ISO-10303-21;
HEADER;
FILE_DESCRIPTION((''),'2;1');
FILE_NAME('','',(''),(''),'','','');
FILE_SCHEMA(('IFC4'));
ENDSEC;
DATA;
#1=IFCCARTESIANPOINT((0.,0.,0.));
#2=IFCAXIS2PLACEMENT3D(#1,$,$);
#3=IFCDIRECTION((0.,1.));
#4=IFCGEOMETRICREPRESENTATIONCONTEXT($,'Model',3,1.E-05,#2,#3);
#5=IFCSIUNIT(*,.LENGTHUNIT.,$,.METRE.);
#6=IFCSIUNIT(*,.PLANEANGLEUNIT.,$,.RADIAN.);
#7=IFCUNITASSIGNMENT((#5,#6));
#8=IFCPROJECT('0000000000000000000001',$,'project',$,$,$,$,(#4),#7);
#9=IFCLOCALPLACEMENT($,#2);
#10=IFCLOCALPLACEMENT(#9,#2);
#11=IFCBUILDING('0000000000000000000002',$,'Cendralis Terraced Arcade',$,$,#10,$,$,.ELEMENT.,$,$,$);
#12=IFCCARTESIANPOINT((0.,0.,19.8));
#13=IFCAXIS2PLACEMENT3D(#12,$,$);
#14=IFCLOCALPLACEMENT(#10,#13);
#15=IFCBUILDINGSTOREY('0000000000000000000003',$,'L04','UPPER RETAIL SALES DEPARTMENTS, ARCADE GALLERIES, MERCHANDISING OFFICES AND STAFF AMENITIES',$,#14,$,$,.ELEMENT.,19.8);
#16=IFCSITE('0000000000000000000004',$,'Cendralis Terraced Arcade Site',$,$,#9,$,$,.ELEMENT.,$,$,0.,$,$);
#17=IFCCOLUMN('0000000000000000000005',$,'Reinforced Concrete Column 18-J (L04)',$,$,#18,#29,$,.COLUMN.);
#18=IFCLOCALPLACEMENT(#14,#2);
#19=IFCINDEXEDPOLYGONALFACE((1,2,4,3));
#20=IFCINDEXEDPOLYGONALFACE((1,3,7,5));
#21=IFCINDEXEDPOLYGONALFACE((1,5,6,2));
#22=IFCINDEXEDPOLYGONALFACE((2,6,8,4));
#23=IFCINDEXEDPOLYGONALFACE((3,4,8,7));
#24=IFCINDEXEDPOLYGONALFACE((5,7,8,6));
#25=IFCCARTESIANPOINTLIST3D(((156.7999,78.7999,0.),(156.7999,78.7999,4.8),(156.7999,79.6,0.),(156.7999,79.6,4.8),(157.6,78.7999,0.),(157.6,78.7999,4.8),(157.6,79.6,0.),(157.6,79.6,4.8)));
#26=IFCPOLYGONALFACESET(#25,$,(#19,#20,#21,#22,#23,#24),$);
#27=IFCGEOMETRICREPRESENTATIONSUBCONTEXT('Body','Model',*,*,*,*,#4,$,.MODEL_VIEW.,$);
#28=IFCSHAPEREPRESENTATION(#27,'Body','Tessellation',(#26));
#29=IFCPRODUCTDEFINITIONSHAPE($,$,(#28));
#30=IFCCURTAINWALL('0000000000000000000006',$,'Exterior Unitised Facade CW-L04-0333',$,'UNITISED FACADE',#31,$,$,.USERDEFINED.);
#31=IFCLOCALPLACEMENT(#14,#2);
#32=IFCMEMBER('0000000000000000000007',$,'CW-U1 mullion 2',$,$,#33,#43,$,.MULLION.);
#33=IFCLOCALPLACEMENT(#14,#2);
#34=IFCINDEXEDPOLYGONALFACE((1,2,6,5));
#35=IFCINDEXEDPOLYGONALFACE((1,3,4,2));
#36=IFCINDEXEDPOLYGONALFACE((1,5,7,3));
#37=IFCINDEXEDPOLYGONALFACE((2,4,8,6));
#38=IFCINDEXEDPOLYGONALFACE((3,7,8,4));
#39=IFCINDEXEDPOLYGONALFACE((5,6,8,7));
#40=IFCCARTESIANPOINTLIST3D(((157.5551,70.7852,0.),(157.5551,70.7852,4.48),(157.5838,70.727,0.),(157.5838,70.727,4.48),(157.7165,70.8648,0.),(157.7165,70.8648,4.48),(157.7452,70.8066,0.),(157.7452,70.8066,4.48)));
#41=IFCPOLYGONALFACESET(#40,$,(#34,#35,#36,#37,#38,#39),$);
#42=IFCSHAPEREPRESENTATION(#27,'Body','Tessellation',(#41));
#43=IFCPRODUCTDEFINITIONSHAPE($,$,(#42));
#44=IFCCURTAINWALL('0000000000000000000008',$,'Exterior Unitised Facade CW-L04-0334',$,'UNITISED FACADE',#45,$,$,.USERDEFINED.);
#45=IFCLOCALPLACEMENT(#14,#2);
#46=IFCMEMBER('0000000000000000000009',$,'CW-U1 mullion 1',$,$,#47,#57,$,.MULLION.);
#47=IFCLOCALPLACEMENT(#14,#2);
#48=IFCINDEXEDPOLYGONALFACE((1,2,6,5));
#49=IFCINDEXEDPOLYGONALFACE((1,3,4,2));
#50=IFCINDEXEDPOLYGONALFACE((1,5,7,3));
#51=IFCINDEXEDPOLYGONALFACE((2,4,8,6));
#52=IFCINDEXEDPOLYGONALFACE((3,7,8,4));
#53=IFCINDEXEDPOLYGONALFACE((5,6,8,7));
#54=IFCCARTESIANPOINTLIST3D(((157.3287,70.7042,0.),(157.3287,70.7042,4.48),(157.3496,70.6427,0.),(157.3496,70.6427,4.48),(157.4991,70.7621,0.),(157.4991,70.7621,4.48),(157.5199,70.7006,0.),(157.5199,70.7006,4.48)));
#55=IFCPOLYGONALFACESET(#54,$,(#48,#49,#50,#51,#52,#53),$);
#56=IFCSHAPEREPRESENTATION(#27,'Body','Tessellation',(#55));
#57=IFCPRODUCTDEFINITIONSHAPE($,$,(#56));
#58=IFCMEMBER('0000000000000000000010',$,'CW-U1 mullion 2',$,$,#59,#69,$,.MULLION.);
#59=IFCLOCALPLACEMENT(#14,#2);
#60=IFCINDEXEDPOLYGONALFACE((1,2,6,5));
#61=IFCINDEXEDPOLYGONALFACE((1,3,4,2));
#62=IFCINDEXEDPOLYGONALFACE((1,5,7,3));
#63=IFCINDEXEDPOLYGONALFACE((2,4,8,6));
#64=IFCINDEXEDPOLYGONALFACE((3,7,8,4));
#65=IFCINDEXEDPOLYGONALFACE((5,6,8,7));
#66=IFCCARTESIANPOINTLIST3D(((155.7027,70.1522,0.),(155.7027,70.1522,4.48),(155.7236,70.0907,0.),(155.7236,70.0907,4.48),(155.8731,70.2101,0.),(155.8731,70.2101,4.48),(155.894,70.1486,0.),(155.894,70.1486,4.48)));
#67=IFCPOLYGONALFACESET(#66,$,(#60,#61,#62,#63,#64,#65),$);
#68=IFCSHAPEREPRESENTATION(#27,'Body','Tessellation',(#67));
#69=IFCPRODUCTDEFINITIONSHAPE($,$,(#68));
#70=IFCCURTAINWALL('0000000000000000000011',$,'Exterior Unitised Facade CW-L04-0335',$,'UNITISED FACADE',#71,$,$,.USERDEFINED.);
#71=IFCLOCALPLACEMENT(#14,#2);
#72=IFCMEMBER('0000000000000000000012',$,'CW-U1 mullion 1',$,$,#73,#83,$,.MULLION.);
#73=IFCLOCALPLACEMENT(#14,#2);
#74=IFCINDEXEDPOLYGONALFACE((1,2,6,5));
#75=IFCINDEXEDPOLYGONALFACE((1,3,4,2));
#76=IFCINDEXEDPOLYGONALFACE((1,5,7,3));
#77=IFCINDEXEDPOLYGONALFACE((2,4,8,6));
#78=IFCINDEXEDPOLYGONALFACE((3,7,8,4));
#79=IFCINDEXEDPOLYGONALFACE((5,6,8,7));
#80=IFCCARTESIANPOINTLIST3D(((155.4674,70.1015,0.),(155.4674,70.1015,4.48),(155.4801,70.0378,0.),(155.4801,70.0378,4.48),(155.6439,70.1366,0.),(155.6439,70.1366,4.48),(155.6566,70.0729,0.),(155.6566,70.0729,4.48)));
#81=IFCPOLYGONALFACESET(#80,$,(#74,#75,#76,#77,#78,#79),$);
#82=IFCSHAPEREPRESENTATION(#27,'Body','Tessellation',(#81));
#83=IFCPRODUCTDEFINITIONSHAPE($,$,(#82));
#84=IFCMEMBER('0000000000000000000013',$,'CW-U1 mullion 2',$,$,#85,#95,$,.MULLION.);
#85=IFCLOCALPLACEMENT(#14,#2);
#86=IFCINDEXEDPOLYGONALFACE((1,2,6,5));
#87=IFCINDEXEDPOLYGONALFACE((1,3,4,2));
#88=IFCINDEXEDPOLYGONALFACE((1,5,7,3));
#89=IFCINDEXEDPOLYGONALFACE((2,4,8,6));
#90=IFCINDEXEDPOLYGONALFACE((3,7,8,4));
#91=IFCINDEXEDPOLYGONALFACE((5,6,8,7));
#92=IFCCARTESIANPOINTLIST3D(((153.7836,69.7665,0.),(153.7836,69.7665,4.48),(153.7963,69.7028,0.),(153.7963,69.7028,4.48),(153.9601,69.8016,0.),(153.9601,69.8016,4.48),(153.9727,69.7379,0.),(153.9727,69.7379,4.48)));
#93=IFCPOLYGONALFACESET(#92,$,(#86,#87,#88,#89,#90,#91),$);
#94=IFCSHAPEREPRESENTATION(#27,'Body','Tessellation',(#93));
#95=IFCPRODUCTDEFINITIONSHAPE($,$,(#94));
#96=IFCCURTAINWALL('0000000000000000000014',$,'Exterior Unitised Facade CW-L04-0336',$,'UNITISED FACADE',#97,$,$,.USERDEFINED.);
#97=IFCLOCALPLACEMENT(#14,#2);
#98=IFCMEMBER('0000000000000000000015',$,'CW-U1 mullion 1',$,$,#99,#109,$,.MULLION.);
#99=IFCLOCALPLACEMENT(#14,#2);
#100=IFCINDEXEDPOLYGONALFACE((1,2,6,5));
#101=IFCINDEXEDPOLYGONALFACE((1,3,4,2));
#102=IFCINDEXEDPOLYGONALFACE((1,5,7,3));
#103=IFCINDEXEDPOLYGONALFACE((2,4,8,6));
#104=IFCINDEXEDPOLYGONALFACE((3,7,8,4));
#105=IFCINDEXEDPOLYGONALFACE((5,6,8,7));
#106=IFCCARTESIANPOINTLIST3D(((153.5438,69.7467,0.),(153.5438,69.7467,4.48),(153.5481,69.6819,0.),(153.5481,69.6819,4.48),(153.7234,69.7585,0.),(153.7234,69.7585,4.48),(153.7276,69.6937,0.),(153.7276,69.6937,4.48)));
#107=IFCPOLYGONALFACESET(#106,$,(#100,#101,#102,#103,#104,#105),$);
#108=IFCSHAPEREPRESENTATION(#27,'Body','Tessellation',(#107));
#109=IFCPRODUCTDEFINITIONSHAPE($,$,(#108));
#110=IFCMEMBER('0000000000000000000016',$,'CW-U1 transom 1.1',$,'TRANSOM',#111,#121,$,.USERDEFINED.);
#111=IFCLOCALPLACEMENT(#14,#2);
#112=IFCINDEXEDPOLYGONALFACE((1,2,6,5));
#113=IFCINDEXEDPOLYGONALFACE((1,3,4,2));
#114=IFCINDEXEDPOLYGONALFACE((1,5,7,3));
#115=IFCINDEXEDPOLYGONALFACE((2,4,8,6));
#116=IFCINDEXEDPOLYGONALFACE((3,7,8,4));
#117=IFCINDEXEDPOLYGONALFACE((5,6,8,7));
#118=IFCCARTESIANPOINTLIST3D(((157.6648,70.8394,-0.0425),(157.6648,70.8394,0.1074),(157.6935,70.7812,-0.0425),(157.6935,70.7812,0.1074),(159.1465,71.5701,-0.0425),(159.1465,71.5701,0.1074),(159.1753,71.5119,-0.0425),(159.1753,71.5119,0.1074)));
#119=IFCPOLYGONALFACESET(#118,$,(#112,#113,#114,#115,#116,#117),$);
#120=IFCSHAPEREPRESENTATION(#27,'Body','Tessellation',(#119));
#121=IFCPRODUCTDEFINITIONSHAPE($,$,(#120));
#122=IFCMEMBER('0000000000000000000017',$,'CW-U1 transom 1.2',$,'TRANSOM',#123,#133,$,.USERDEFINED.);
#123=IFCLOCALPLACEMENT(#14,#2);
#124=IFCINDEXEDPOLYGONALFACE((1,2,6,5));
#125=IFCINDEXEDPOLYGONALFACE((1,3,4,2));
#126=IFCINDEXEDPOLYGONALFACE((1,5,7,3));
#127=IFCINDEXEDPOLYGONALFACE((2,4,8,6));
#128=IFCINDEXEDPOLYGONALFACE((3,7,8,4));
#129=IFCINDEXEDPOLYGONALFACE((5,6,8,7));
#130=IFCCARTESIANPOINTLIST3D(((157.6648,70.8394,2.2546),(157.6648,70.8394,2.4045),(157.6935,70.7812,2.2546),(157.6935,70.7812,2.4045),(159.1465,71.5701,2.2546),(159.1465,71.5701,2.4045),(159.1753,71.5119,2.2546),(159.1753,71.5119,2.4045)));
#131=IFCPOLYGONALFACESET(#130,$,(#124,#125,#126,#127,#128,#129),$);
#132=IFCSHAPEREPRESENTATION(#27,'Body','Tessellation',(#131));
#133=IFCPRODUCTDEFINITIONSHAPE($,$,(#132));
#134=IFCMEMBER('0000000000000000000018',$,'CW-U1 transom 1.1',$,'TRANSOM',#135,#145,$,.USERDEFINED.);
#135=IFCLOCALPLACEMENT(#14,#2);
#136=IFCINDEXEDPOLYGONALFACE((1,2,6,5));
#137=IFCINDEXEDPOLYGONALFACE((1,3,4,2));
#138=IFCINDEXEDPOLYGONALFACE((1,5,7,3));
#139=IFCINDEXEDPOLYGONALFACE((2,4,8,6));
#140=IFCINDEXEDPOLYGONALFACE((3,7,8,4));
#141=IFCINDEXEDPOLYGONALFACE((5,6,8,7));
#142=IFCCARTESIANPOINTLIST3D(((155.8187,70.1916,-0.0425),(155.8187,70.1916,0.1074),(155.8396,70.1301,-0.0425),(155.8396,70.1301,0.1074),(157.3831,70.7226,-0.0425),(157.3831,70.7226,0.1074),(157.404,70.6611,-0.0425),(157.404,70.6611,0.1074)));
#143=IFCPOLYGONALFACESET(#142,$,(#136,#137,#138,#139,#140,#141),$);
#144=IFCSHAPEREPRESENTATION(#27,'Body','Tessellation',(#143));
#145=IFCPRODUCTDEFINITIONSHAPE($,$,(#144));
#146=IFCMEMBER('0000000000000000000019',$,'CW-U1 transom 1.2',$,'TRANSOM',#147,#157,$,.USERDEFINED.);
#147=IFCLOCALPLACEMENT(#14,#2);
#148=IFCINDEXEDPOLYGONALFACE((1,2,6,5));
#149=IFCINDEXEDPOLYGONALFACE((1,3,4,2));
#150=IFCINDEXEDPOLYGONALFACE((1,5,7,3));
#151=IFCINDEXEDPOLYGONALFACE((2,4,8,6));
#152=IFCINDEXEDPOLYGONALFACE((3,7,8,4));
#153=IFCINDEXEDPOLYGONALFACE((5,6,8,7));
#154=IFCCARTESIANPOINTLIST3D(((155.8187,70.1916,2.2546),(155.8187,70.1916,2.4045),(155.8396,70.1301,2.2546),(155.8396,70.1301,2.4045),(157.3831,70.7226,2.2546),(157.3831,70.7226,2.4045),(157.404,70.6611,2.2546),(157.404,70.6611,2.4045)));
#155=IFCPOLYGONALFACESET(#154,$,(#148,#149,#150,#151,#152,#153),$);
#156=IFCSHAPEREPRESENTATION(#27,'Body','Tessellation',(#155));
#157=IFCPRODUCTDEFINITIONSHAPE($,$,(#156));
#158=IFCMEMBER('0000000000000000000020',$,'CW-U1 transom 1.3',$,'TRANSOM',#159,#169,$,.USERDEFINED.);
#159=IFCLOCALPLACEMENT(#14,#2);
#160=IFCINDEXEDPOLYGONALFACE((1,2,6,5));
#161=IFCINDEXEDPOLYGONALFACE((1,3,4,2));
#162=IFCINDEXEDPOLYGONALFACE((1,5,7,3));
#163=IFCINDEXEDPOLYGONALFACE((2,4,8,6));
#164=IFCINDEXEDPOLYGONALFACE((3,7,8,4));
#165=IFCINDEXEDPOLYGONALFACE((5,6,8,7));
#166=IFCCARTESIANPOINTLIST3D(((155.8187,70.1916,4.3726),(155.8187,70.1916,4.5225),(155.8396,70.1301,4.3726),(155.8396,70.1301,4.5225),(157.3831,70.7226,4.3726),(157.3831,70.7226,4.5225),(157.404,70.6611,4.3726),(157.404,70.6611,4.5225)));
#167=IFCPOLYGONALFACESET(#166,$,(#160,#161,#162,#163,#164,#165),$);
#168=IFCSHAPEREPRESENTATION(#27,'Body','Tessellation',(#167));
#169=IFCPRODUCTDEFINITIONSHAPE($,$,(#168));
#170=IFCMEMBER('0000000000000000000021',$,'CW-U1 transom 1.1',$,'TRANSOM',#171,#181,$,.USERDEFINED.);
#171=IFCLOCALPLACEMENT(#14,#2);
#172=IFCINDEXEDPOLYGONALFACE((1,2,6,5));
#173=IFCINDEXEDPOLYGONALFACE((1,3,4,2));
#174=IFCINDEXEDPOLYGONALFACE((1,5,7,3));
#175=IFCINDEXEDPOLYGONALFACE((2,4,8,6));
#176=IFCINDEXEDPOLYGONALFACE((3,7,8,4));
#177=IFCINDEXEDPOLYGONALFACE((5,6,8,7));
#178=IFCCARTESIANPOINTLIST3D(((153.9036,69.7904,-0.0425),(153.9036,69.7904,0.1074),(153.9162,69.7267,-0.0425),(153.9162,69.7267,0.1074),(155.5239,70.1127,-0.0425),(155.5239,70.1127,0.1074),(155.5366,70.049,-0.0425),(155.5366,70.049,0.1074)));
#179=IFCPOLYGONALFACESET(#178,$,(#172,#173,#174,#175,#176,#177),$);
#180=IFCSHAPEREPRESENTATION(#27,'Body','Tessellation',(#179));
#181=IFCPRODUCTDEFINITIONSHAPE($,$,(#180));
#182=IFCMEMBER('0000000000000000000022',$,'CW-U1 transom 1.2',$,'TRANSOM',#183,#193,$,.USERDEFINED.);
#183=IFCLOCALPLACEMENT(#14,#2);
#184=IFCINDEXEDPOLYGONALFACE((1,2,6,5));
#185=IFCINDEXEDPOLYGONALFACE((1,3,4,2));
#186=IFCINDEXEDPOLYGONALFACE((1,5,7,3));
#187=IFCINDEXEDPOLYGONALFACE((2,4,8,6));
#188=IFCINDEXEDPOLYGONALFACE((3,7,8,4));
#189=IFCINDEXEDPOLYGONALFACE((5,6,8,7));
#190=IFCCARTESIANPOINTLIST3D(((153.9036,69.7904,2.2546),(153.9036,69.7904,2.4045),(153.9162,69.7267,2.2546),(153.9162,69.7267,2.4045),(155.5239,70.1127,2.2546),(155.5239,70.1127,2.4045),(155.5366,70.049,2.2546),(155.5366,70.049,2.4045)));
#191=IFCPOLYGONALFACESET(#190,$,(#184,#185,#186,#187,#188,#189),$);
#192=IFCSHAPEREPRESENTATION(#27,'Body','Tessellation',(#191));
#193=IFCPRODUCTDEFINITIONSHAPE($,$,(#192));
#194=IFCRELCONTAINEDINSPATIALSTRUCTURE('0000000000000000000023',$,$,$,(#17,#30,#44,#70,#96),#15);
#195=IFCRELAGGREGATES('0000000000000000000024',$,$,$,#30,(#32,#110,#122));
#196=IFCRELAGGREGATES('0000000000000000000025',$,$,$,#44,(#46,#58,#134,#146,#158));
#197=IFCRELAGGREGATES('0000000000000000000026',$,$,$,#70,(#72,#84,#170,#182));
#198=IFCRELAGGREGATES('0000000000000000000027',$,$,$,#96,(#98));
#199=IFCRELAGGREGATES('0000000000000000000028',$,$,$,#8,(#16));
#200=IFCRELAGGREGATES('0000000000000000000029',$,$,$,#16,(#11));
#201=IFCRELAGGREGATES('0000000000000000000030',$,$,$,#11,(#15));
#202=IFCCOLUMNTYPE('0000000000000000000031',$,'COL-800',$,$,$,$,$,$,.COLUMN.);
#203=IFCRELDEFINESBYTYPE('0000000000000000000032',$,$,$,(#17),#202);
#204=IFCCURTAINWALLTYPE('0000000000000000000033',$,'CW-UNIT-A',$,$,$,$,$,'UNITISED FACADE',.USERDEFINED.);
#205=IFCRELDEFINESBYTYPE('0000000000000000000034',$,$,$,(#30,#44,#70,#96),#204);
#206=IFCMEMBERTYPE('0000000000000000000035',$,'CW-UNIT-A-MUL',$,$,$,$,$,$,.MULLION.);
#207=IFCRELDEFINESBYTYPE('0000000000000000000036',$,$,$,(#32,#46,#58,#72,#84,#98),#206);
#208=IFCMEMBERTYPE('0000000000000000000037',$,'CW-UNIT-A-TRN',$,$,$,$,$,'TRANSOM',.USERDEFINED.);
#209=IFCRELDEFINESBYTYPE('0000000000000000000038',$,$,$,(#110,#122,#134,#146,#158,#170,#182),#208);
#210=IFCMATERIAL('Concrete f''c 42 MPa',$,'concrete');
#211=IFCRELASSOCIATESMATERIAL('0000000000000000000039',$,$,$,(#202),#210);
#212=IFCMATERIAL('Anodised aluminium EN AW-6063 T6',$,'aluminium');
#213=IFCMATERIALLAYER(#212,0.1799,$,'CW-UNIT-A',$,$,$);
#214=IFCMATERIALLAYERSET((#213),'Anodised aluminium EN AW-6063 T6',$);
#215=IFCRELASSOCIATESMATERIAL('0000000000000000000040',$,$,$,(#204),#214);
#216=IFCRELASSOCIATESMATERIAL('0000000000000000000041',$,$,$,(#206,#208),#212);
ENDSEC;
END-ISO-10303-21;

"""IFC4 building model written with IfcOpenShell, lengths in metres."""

from ifc_helpers import new_model, si_unit, direction, frame, origin, origin_2d, place, context, subcontext, project, spatial, rectangle, extrude, material, layer, layer_set, material_profile, profile_set, type_object, element, aggregate, save


model = new_model("IFC4")

# Units and contexts
model_context = context("Model", 3, precision=1e-05, world=origin(), true_north=direction((0.0, 1.0)))
body_context = subcontext(model_context, "Body", "Model", "MODEL_VIEW")
ifc_project = project(units=[si_unit("LENGTHUNIT", "METRE"), si_unit("PLANEANGLEUNIT", "RADIAN")], contexts=[model_context])

# Site, building, storey
site_placement = place(None, origin())
site = spatial("IfcSite", under=ifc_project, at=site_placement, Name="Cendralis Terraced Arcade Site", CompositionType="ELEMENT", RefElevation=0.0)
building_placement = place(site_placement, origin())
building = spatial("IfcBuilding", under=site, at=building_placement, Name="Cendralis Terraced Arcade", CompositionType="ELEMENT")
storey_placement = place(building_placement, frame((0.0, 0.0, 19.8)))
storey = spatial("IfcBuildingStorey", under=building, at=storey_placement, Name="L04", Description="UPPER RETAIL SALES DEPARTMENTS, ARCADE GALLERIES, MERCHANDISING OFFICES AND STAFF AMENITIES", CompositionType="ELEMENT", Elevation=19.8)

# Column
ifc_material_1 = material(Name="Concrete f'c 42 MPa", Category="concrete")
ifc_material_profile_1 = material_profile(ifc_material_1, rectangle(XDim=0.8, YDim=0.8, at=origin_2d()), Name="RC-COL-800x800", Category="LoadBearing")
ifc_profile_set_1 = profile_set([ifc_material_profile_1], Name="Concrete f'c 42 MPa")
column_type = type_object("IfcColumnType", Name="COL-800", PredefinedType="COLUMN", material=ifc_profile_set_1)
column_placement = place(storey_placement, frame((157.2, 79.2, 0.0), z_axis=(0.0, 0.0, 1.0), x_axis=(1.0, 0.0, 0.0)))
element("IfcColumn", 1, at=column_placement, inside=storey, type_object=column_type, Name="Reinforced Concrete Column 18-J (L04)", PredefinedType="COLUMN", context=body_context, shape_type="SweptSolid", body=[
    extrude(rectangle(XDim=0.8, YDim=0.8, at=origin_2d()), origin(), (0.0, 0.0, 1.0), 4.8),
])

# Curtain wall, member
ifc_material_2 = material(Name="Anodised aluminium EN AW-6063 T6", Category="aluminium")
ifc_layer_1 = layer(ifc_material_2, 0.1799, Name="CW-UNIT-A")
ifc_layer_set_1 = layer_set([ifc_layer_1], Name="Anodised aluminium EN AW-6063 T6")
curtain_wall_type = type_object("IfcCurtainWallType", Name="CW-UNIT-A", ElementType="UNITISED FACADE", PredefinedType="USERDEFINED", material=ifc_layer_set_1)
curtain_wall_1_placement = place(storey_placement, origin())
curtain_wall_1 = element("IfcCurtainWall", 2, at=curtain_wall_1_placement, inside=storey, type_object=curtain_wall_type, Name="Exterior Unitised Facade CW-L04-0333", ObjectType="UNITISED FACADE", PredefinedType="USERDEFINED")
ifc_material_profile_2 = material_profile(ifc_material_2, rectangle(XDim=0.0649, YDim=0.1799, at=origin_2d()), Name="ALU-MUL-65x180")
ifc_profile_set_2 = profile_set([ifc_material_profile_2], Name="Anodised aluminium EN AW-6063 T6")
member_type_1 = type_object("IfcMemberType", Name="CW-UNIT-A-MUL", PredefinedType="MULLION", material=ifc_profile_set_2)
member_1_placement = place(storey_placement, frame((157.6501, 70.7959, 0.0), z_axis=(0.0, 0.0, 1.0), x_axis=(0.442291, -0.896871, 0.0)))
member_1 = element("IfcMember", 3, at=member_1_placement, type_object=member_type_1, Name="CW-U1 mullion 2", PredefinedType="MULLION", context=body_context, shape_type="SweptSolid", body=[
    extrude(rectangle(XDim=0.0649, YDim=0.1799, at=origin_2d()), origin(), (0.0, 0.0, 1.0), 4.48),
])

# Curtain walls, members
curtain_wall_2_placement = place(storey_placement, origin())
curtain_wall_2 = element("IfcCurtainWall", 4, at=curtain_wall_2_placement, inside=storey, type_object=curtain_wall_type, Name="Exterior Unitised Facade CW-L04-0334", ObjectType="UNITISED FACADE", PredefinedType="USERDEFINED")
member_2_placement = place(storey_placement, frame((157.4243, 70.7024, 0.0), z_axis=(0.0, 0.0, 1.0), x_axis=(0.321458, -0.946924, 0.0)))
member_2 = element("IfcMember", 5, at=member_2_placement, type_object=member_type_1, Name="CW-U1 mullion 1", PredefinedType="MULLION", context=body_context, shape_type="SweptSolid", body=[
    extrude(rectangle(XDim=0.0649, YDim=0.1799, at=origin_2d()), origin(), (0.0, 0.0, 1.0), 4.48),
])
member_3_placement = place(storey_placement, frame((155.7983, 70.1504, 0.0), z_axis=(0.0, 0.0, 1.0), x_axis=(0.321458, -0.946924, 0.0)))
member_3 = element("IfcMember", 6, at=member_3_placement, type_object=member_type_1, Name="CW-U1 mullion 2", PredefinedType="MULLION", context=body_context, shape_type="SweptSolid", body=[
    extrude(rectangle(XDim=0.0649, YDim=0.1799, at=origin_2d()), origin(), (0.0, 0.0, 1.0), 4.48),
])
curtain_wall_3_placement = place(storey_placement, origin())
curtain_wall_3 = element("IfcCurtainWall", 7, at=curtain_wall_3_placement, inside=storey, type_object=curtain_wall_type, Name="Exterior Unitised Facade CW-L04-0335", ObjectType="UNITISED FACADE", PredefinedType="USERDEFINED")
member_4_placement = place(storey_placement, frame((155.562, 70.0872, 0.0), z_axis=(0.0, 0.0, 1.0), x_axis=(0.195058, -0.980792, 0.0)))
member_4 = element("IfcMember", 8, at=member_4_placement, type_object=member_type_1, Name="CW-U1 mullion 1", PredefinedType="MULLION", context=body_context, shape_type="SweptSolid", body=[
    extrude(rectangle(XDim=0.0649, YDim=0.1799, at=origin_2d()), origin(), (0.0, 0.0, 1.0), 4.48),
])
member_5_placement = place(storey_placement, frame((153.8782, 69.7522, 0.0), z_axis=(0.0, 0.0, 1.0), x_axis=(0.195058, -0.980792, 0.0)))
member_5 = element("IfcMember", 9, at=member_5_placement, type_object=member_type_1, Name="CW-U1 mullion 2", PredefinedType="MULLION", context=body_context, shape_type="SweptSolid", body=[
    extrude(rectangle(XDim=0.0649, YDim=0.1799, at=origin_2d()), origin(), (0.0, 0.0, 1.0), 4.48),
])

# Curtain wall, member
curtain_wall_4_placement = place(storey_placement, origin())
curtain_wall_4 = element("IfcCurtainWall", 10, at=curtain_wall_4_placement, inside=storey, type_object=curtain_wall_type, Name="Exterior Unitised Facade CW-L04-0336", ObjectType="UNITISED FACADE", PredefinedType="USERDEFINED")
member_6_placement = place(storey_placement, frame((153.6357, 69.7202, 0.0), z_axis=(0.0, 0.0, 1.0), x_axis=(0.065372, -0.997861, 0.0)))
member_6 = element("IfcMember", 11, at=member_6_placement, type_object=member_type_1, Name="CW-U1 mullion 1", PredefinedType="MULLION", context=body_context, shape_type="SweptSolid", body=[
    extrude(rectangle(XDim=0.0649, YDim=0.1799, at=origin_2d()), origin(), (0.0, 0.0, 1.0), 4.48),
])

# Members
ifc_material_profile_3 = material_profile(ifc_material_2, rectangle(XDim=0.0649, YDim=0.1499, at=origin_2d()), Name="ALU-TRN-65x150")
ifc_profile_set_3 = profile_set([ifc_material_profile_3], Name="Anodised aluminium EN AW-6063 T6")
member_type_2 = type_object("IfcMemberType", Name="CW-UNIT-A-TRN", ElementType="TRANSOM", PredefinedType="USERDEFINED", material=ifc_profile_set_3)
member_7_placement = place(storey_placement, frame((159.1609, 71.541, 0.0325), z_axis=(-0.896867, -0.442301, 0.0), x_axis=(0.442301, -0.896867, 0.0)))
member_7 = element("IfcMember", 12, at=member_7_placement, type_object=member_type_2, Name="CW-U1 transom 1.1", ObjectType="TRANSOM", PredefinedType="USERDEFINED", context=body_context, shape_type="SweptSolid", body=[
    extrude(rectangle(XDim=0.0649, YDim=0.1499, at=origin_2d()), origin(), (0.0, 0.0, 1.0), 1.6521),
])
member_8_placement = place(storey_placement, frame((159.1609, 71.541, 2.3296), z_axis=(-0.896867, -0.442301, 0.0), x_axis=(0.442301, -0.896867, 0.0)))
member_8 = element("IfcMember", 13, at=member_8_placement, type_object=member_type_2, Name="CW-U1 transom 1.2", ObjectType="TRANSOM", PredefinedType="USERDEFINED", context=body_context, shape_type="SweptSolid", body=[
    extrude(rectangle(XDim=0.0649, YDim=0.1499, at=origin_2d()), origin(), (0.0, 0.0, 1.0), 1.6521),
])
member_9_placement = place(storey_placement, frame((157.3936, 70.6919, 0.0325), z_axis=(-0.94694, -0.32141, 0.0), x_axis=(0.32141, -0.94694, 0.0)))
member_9 = element("IfcMember", 14, at=member_9_placement, type_object=member_type_2, Name="CW-U1 transom 1.1", ObjectType="TRANSOM", PredefinedType="USERDEFINED", context=body_context, shape_type="SweptSolid", body=[
    extrude(rectangle(XDim=0.0649, YDim=0.1499, at=origin_2d()), origin(), (0.0, 0.0, 1.0), 1.6521),
])
member_10_placement = place(storey_placement, frame((157.3936, 70.6919, 2.3296), z_axis=(-0.94694, -0.32141, 0.0), x_axis=(0.32141, -0.94694, 0.0)))
member_10 = element("IfcMember", 15, at=member_10_placement, type_object=member_type_2, Name="CW-U1 transom 1.2", ObjectType="TRANSOM", PredefinedType="USERDEFINED", context=body_context, shape_type="SweptSolid", body=[
    extrude(rectangle(XDim=0.0649, YDim=0.1499, at=origin_2d()), origin(), (0.0, 0.0, 1.0), 1.6521),
])
member_11_placement = place(storey_placement, frame((157.3936, 70.6919, 4.4475), z_axis=(-0.94694, -0.32141, 0.0), x_axis=(0.32141, -0.94694, 0.0)))
member_11 = element("IfcMember", 16, at=member_11_placement, type_object=member_type_2, Name="CW-U1 transom 1.3", ObjectType="TRANSOM", PredefinedType="USERDEFINED", context=body_context, shape_type="SweptSolid", body=[
    extrude(rectangle(XDim=0.0649, YDim=0.1499, at=origin_2d()), origin(), (0.0, 0.0, 1.0), 1.6521),
])
member_12_placement = place(storey_placement, frame((155.5303, 70.0808, 0.0325), z_axis=(-0.98079, -0.195065, 0.0), x_axis=(0.195065, -0.98079, 0.0)))
member_12 = element("IfcMember", 17, at=member_12_placement, type_object=member_type_2, Name="CW-U1 transom 1.1", ObjectType="TRANSOM", PredefinedType="USERDEFINED", context=body_context, shape_type="SweptSolid", body=[
    extrude(rectangle(XDim=0.0649, YDim=0.1499, at=origin_2d()), origin(), (0.0, 0.0, 1.0), 1.6521),
])
member_13_placement = place(storey_placement, frame((155.5303, 70.0808, 2.3296), z_axis=(-0.98079, -0.195065, 0.0), x_axis=(0.195065, -0.98079, 0.0)))
member_13 = element("IfcMember", 18, at=member_13_placement, type_object=member_type_2, Name="CW-U1 transom 1.2", ObjectType="TRANSOM", PredefinedType="USERDEFINED", context=body_context, shape_type="SweptSolid", body=[
    extrude(rectangle(XDim=0.0649, YDim=0.1499, at=origin_2d()), origin(), (0.0, 0.0, 1.0), 1.6521),
])

aggregate(curtain_wall_1, [member_1, member_7, member_8])
aggregate(curtain_wall_2, [member_2, member_3, member_9, member_10, member_11])
aggregate(curtain_wall_3, [member_4, member_5, member_12, member_13])
aggregate(curtain_wall_4, [member_6])

save(model, "model.ifc")
